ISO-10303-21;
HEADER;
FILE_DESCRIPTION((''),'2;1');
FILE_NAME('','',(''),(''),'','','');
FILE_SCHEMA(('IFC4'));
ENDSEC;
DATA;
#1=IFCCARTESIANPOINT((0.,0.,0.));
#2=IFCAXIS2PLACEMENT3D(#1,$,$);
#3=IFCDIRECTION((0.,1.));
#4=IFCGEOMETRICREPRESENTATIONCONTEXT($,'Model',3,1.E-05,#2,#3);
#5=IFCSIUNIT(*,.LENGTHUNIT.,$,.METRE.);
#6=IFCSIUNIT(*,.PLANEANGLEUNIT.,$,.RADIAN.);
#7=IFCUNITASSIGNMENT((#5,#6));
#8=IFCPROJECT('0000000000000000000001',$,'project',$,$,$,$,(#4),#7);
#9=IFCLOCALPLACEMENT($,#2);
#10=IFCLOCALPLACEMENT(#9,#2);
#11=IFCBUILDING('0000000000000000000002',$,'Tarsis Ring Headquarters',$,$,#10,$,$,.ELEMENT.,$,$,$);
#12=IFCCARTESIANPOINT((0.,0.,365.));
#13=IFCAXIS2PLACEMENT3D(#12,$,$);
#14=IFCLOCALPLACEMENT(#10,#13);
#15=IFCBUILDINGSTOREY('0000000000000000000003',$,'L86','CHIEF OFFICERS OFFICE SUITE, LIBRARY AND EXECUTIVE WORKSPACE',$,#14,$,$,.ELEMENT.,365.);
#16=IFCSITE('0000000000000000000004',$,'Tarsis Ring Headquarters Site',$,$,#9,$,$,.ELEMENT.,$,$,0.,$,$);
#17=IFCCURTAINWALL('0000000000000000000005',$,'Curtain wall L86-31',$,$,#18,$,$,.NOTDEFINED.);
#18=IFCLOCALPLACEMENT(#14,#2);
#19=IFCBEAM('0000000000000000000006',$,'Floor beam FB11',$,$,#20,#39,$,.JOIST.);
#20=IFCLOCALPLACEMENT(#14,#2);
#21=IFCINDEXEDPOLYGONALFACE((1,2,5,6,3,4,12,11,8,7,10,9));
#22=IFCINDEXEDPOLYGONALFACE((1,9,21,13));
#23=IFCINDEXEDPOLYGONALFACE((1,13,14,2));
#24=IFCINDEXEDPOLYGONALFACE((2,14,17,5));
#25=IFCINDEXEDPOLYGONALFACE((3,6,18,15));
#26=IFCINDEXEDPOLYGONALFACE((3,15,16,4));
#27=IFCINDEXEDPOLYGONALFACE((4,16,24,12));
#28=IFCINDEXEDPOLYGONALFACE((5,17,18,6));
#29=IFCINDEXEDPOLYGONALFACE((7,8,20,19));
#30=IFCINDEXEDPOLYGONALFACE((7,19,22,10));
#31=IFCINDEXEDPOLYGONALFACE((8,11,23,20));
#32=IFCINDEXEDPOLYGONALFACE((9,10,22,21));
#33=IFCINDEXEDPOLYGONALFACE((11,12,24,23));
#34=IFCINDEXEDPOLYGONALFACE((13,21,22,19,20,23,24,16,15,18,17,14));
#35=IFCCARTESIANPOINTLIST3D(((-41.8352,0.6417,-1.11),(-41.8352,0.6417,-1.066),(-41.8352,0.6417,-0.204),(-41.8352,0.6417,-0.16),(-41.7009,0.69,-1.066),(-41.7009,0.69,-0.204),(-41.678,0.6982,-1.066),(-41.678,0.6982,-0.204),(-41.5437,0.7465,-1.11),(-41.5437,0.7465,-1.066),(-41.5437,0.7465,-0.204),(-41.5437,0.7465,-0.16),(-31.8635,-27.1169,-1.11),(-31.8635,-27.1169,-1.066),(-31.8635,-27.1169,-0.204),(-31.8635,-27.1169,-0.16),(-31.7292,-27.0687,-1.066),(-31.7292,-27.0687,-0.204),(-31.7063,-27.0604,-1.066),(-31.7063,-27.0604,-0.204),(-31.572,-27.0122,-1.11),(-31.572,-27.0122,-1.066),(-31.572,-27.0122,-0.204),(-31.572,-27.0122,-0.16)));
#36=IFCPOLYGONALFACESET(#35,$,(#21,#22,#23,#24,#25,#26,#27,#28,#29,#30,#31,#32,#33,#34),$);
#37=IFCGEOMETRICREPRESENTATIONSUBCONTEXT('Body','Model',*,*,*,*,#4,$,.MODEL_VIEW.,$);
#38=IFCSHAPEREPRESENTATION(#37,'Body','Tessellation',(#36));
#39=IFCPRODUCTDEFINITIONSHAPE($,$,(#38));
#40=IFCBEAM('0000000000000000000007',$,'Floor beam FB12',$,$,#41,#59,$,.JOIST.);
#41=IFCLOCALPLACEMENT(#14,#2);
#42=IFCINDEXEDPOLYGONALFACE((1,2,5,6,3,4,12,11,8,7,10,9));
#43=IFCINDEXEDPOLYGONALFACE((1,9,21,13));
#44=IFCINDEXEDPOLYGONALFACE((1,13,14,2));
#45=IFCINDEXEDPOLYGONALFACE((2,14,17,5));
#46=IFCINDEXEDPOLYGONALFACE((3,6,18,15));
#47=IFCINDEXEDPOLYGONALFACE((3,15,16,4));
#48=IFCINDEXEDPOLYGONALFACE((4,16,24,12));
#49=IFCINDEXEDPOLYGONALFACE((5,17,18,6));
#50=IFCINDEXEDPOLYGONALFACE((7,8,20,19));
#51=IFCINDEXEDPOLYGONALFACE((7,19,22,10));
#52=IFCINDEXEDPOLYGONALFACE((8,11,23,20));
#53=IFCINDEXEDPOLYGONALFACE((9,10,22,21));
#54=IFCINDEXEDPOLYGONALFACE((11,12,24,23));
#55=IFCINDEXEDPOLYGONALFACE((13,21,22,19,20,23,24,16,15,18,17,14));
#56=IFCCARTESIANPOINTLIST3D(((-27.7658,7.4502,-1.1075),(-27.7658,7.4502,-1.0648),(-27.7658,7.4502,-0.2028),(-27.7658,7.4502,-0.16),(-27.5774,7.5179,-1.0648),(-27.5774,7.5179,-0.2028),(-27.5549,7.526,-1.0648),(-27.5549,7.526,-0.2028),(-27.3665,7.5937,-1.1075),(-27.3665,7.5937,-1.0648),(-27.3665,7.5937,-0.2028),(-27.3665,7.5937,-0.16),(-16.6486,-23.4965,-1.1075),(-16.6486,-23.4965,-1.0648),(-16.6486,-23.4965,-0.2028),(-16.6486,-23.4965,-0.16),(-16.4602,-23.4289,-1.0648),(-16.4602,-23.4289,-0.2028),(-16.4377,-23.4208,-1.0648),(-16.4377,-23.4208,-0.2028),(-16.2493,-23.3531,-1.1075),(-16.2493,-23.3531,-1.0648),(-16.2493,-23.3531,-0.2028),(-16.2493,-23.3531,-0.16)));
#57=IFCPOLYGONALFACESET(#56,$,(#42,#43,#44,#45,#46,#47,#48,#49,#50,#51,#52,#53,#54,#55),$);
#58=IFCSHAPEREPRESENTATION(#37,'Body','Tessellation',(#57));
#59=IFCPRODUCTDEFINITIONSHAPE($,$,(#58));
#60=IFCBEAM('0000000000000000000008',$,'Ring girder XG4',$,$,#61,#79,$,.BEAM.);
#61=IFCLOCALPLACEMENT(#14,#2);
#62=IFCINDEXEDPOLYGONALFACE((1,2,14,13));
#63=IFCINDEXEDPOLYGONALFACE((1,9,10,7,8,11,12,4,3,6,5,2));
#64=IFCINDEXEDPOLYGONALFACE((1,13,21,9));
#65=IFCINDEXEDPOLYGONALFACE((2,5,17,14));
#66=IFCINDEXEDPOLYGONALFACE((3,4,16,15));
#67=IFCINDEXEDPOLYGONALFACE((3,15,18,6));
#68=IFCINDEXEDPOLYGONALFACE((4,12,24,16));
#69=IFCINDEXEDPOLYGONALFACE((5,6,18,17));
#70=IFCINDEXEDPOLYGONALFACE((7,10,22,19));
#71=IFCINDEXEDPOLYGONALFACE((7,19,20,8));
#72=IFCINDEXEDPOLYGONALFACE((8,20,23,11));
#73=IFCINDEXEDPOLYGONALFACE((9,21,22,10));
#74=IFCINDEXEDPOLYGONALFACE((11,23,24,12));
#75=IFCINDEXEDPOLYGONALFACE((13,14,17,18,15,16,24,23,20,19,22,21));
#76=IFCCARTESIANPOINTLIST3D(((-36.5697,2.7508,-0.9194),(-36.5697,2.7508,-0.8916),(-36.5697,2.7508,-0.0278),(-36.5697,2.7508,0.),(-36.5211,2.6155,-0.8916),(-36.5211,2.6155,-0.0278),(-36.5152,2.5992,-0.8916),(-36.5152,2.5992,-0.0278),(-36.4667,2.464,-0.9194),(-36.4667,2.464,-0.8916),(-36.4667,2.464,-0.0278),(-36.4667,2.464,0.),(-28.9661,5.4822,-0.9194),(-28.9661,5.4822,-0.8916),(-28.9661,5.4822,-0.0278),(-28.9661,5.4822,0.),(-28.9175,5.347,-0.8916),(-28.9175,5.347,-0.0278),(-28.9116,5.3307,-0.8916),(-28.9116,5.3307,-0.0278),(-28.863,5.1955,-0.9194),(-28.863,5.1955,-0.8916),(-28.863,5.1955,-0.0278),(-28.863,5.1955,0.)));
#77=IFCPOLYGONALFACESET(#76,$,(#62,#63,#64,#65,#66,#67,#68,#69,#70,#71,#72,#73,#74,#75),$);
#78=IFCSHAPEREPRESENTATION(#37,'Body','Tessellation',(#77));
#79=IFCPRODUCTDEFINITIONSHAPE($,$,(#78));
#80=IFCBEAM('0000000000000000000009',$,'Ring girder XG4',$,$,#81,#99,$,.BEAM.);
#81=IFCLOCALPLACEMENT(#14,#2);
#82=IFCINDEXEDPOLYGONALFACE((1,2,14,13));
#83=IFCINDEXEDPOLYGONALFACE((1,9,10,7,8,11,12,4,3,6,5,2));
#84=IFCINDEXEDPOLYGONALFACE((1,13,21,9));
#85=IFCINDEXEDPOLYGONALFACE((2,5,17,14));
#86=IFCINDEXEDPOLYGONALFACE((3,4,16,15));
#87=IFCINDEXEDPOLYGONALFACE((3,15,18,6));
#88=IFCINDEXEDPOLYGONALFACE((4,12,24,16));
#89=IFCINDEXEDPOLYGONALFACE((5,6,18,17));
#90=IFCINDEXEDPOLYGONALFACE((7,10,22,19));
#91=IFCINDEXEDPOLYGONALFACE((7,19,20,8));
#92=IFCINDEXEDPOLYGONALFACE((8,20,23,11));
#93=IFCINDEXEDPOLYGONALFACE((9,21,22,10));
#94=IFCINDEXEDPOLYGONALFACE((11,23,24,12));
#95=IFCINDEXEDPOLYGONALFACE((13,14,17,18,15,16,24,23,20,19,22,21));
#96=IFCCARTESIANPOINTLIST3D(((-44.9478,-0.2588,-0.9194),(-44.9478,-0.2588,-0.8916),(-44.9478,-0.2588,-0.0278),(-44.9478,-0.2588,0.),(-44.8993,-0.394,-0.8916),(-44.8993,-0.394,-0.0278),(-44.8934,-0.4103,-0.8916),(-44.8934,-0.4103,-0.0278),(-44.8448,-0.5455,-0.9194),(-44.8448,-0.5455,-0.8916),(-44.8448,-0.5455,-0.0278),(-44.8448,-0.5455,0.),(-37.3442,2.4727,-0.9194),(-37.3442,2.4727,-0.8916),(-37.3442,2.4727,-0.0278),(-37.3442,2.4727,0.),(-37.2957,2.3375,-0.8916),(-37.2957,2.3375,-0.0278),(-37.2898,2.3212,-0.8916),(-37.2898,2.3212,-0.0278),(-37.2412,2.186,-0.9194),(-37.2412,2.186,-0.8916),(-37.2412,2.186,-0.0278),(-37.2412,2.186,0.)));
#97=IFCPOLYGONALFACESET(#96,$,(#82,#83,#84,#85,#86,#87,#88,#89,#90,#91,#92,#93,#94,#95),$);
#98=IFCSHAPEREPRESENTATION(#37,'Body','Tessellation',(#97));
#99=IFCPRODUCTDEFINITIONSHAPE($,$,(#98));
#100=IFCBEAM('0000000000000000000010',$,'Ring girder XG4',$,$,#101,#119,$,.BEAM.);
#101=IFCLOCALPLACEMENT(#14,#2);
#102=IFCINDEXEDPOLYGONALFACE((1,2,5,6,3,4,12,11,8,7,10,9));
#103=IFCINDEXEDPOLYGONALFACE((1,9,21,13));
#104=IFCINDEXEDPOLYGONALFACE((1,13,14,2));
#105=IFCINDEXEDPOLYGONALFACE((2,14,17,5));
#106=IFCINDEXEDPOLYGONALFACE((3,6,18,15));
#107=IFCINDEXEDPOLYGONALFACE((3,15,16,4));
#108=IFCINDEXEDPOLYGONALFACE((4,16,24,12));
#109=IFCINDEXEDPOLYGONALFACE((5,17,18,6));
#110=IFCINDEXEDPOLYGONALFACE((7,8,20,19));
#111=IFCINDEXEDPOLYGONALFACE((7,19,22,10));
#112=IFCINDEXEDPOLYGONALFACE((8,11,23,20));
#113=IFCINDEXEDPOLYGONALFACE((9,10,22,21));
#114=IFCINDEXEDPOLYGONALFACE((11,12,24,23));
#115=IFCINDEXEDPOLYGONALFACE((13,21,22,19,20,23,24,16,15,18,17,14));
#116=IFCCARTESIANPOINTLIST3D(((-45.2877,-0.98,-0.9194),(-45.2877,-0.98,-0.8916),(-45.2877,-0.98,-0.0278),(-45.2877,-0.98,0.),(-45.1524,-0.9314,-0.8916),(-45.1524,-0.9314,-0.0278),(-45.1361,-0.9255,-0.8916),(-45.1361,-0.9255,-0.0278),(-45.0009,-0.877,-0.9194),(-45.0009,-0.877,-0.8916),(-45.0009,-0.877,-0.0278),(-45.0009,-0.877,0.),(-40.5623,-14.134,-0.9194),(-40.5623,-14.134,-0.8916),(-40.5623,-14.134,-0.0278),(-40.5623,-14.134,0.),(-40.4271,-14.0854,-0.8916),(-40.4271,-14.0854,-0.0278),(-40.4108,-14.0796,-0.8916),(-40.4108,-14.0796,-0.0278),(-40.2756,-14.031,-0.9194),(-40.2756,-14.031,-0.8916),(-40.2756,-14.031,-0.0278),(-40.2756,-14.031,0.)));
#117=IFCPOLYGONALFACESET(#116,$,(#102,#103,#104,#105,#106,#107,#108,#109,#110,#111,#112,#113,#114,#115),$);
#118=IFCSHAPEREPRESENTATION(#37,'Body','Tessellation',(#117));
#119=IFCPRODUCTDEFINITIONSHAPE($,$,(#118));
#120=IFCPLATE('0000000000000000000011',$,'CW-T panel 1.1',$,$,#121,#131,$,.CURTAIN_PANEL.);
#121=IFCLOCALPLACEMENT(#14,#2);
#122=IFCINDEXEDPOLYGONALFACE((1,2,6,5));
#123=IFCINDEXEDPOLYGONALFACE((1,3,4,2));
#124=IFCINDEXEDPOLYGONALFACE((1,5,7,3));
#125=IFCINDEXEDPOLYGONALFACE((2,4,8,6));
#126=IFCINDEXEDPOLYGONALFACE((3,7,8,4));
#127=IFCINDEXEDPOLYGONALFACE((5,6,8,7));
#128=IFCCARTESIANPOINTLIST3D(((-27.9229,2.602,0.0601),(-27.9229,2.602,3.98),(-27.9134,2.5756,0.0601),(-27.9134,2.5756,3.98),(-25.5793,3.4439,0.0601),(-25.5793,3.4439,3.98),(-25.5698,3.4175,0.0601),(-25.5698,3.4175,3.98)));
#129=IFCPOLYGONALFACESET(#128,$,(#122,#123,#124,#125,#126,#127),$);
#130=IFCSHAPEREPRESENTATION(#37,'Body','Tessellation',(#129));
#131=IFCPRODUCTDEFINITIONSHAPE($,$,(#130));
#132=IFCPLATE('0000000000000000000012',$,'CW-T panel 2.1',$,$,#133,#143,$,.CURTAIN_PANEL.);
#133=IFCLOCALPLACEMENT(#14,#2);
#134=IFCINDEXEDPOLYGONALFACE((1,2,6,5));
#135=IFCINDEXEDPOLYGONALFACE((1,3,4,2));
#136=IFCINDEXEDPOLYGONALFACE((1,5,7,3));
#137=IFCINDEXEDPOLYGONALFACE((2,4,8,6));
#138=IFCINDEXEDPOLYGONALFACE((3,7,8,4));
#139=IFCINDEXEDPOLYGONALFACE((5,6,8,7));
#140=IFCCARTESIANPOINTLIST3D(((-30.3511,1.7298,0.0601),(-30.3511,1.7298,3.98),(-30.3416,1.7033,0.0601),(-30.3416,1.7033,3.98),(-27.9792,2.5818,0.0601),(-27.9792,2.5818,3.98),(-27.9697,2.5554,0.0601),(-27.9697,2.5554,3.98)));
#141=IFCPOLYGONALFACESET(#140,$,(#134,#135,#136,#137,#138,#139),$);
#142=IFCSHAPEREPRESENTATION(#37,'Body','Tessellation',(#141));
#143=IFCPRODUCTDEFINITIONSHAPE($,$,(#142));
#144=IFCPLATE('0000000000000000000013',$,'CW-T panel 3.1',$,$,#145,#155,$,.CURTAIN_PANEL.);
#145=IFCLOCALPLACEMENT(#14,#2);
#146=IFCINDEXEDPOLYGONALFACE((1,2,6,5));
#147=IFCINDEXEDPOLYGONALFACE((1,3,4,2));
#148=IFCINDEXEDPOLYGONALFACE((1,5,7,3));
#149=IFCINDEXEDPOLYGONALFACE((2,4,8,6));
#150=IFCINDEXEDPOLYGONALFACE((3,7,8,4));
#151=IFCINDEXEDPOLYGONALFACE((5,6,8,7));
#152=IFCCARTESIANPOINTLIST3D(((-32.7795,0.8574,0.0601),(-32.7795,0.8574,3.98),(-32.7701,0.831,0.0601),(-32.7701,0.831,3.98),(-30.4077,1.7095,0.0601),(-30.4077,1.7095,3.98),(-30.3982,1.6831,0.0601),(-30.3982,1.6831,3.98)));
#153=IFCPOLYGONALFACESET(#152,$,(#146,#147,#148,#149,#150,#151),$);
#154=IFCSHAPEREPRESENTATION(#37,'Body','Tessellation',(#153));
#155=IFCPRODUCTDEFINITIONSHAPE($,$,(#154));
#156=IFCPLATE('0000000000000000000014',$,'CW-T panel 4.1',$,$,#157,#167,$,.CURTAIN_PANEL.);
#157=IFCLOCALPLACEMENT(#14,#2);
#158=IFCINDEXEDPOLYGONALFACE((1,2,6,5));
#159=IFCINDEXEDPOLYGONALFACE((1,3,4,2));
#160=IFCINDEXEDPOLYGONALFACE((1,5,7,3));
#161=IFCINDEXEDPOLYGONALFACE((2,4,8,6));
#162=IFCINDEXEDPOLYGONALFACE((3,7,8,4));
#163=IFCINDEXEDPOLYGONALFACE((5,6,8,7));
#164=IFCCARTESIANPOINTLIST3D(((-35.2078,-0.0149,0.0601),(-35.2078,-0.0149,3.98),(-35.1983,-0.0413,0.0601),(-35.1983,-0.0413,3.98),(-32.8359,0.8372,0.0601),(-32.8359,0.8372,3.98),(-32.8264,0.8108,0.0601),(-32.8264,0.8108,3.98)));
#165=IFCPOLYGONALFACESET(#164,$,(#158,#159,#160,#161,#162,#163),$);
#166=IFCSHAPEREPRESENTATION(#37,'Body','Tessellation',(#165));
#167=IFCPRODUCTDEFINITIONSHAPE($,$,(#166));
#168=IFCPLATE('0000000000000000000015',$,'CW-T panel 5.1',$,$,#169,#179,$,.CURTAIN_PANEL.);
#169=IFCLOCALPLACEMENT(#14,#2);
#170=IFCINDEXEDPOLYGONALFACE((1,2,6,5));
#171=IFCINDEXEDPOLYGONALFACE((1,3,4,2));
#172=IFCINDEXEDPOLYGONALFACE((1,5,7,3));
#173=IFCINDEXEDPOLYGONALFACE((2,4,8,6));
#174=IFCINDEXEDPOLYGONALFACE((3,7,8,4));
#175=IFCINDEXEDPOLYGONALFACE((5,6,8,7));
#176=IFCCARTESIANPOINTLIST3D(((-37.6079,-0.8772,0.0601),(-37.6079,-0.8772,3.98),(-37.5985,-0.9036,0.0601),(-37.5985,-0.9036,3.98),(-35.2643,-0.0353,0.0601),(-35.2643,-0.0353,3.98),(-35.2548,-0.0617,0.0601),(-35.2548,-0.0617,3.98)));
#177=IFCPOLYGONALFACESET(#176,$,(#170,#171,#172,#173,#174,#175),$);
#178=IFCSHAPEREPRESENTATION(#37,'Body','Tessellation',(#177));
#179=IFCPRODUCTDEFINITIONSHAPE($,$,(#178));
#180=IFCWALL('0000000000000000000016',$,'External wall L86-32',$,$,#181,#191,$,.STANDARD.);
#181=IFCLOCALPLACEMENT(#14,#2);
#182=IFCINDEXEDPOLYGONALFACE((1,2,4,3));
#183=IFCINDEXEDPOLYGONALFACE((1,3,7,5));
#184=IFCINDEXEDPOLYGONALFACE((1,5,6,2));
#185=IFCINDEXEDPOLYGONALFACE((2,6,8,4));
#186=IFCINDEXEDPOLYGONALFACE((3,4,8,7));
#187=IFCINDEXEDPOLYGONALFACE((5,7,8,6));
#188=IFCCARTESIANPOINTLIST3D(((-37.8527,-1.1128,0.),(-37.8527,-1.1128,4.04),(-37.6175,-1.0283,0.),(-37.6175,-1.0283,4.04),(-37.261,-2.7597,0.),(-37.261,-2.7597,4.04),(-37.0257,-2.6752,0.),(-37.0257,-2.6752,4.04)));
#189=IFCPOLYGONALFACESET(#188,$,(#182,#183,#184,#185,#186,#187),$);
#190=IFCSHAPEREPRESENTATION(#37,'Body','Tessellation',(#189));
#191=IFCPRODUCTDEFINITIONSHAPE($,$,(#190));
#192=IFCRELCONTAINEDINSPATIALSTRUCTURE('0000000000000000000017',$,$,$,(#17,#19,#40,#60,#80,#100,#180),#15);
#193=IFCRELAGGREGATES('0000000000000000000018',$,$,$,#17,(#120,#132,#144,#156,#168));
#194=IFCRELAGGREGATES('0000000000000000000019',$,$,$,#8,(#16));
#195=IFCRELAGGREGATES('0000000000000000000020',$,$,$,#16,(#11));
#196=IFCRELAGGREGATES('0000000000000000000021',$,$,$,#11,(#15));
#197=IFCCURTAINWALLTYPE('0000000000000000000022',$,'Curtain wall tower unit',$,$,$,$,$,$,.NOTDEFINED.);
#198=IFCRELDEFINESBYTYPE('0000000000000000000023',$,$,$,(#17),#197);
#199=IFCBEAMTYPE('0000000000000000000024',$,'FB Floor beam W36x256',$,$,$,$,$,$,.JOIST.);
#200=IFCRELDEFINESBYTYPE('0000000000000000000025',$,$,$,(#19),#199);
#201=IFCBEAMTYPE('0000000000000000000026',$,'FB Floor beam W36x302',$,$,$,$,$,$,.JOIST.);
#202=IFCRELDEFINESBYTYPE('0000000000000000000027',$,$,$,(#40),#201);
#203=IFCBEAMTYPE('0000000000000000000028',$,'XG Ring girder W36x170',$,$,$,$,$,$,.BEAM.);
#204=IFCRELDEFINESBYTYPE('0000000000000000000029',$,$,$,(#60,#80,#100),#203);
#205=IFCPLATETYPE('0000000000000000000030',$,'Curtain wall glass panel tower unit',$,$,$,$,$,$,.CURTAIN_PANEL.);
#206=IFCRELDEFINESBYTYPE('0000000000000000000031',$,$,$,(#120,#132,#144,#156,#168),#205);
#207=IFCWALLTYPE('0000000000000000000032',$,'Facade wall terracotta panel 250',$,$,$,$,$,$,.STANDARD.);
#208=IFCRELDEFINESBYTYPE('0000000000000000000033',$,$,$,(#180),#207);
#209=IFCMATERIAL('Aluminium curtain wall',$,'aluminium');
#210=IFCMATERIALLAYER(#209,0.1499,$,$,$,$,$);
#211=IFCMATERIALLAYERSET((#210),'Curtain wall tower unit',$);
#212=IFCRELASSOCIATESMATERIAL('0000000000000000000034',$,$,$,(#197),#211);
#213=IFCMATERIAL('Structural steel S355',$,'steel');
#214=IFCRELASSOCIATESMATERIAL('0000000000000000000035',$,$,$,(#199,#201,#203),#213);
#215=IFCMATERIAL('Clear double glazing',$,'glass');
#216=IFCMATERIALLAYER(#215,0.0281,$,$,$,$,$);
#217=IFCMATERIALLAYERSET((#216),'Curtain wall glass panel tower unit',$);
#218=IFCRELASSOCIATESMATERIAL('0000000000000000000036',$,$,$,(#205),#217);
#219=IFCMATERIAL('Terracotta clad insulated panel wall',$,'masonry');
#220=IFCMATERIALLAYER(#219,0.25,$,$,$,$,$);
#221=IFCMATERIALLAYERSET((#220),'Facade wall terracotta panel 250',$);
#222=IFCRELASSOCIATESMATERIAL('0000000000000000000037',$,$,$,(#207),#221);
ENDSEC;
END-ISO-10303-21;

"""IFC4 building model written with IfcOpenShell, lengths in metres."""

from ifc_helpers import new_model, si_unit, direction, frame, frame_2d, origin, origin_2d, place, context, subcontext, project, spatial, rectangle, i_section, extrude, material, layer, layer_set, material_profile, profile_set, type_object, element, aggregate, save


model = new_model("IFC4")

# Units and contexts
model_context = context("Model", 3, precision=1e-05, world=origin(), true_north=direction((0.0, 1.0)))
body_context = subcontext(model_context, "Body", "Model", "MODEL_VIEW")
ifc_project = project(units=[si_unit("LENGTHUNIT", "METRE"), si_unit("PLANEANGLEUNIT", "RADIAN")], contexts=[model_context])

# Site, building, storey
site_placement = place(None, origin())
site = spatial("IfcSite", under=ifc_project, at=site_placement, Name="Tarsis Ring Headquarters Site", CompositionType="ELEMENT", RefElevation=0.0)
building_placement = place(site_placement, origin())
building = spatial("IfcBuilding", under=site, at=building_placement, Name="Tarsis Ring Headquarters", CompositionType="ELEMENT")
storey_placement = place(building_placement, frame((0.0, 0.0, 365.0)))
storey = spatial("IfcBuildingStorey", under=building, at=storey_placement, Name="L86", Description="CHIEF OFFICERS OFFICE SUITE, LIBRARY AND EXECUTIVE WORKSPACE", CompositionType="ELEMENT", Elevation=365.0)

# Shared definitions
ifc_material_1 = material(Name="Structural steel S355", Category="steel")

# Curtain wall
ifc_material_2 = material(Name="Aluminium curtain wall", Category="aluminium")
ifc_layer_1 = layer(ifc_material_2, 0.1499)
ifc_layer_set_1 = layer_set([ifc_layer_1], Name="Curtain wall tower unit")
curtain_wall_type = type_object("IfcCurtainWallType", Name="Curtain wall tower unit", PredefinedType="NOTDEFINED", material=ifc_layer_set_1)
curtain_wall_placement = place(storey_placement, origin())
curtain_wall = element("IfcCurtainWall", 1, at=curtain_wall_placement, inside=storey, type_object=curtain_wall_type, Name="Curtain wall L86-31", PredefinedType="NOTDEFINED")

# Beams
ifc_material_profile_1 = material_profile(ifc_material_1, i_section(OverallWidth=0.3098, OverallDepth=0.95, WebThickness=0.0244, FlangeThickness=0.0439, at=origin_2d()), Name="W36x256")
ifc_profile_set_1 = profile_set([ifc_material_profile_1], Name="Structural steel S355")
beam_type_1 = type_object("IfcBeamType", Name="FB Floor beam W36x256", PredefinedType="JOIST", material=ifc_profile_set_1)
for number, where, z_axis, x_axis, name in (
    (2, (-41.6895, 0.6941, -0.635), (0.338077, -0.941118, 0.0), (0.941118, 0.338077, 0.0), "Floor beam FB11"),
):
    element("IfcBeam", number, at=place(storey_placement, frame(where, z_axis=z_axis, x_axis=x_axis)), inside=storey, type_object=beam_type_1, Name=name, PredefinedType="JOIST", context=body_context, shape_type="SweptSolid", body=[
        extrude(i_section(OverallWidth=0.3098, OverallDepth=0.95, WebThickness=0.0244, FlangeThickness=0.0439, at=origin_2d()), origin(), (0.0, 0.0, 1.0), 29.4954),
    ])
ifc_material_profile_2 = material_profile(ifc_material_1, i_section(OverallWidth=0.4243, OverallDepth=0.9475, WebThickness=0.0239, FlangeThickness=0.0427, at=origin_2d()), Name="W36x302")
ifc_profile_set_2 = profile_set([ifc_material_profile_2], Name="Structural steel S355")
beam_type_2 = type_object("IfcBeamType", Name="FB Floor beam W36x302", PredefinedType="JOIST", material=ifc_profile_set_2)
beam_1_placement = place(storey_placement, frame((-27.5662, 7.522, -0.6338), z_axis=(0.338083, -0.941116, 0.0), x_axis=(0.941116, 0.338083, 0.0)))
element("IfcBeam", 3, at=beam_1_placement, inside=storey, type_object=beam_type_2, Name="Floor beam FB12", PredefinedType="JOIST", context=body_context, shape_type="SweptSolid", body=[
    extrude(i_section(OverallWidth=0.4243, OverallDepth=0.9475, WebThickness=0.0239, FlangeThickness=0.0427, at=origin_2d()), origin(), (0.0, 0.0, 1.0), 32.8831),
])
ifc_material_profile_3 = material_profile(ifc_material_1, i_section(OverallWidth=0.3047, OverallDepth=0.9194, WebThickness=0.0173, FlangeThickness=0.0278, at=origin_2d()), Name="W36x170")
ifc_profile_set_3 = profile_set([ifc_material_profile_3], Name="Structural steel S355")
beam_type_3 = type_object("IfcBeamType", Name="XG Ring girder W36x170", PredefinedType="BEAM", material=ifc_profile_set_3)
for number, where, z_axis, x_axis, name in (
    (4, (-28.9146, 5.3389, -0.4597), (-0.941117, -0.338082, 0.0), (0.338082, -0.941117, 0.0), "Ring girder XG4"),
    (5, (-37.2927, 2.3293, -0.4597), (-0.941117, -0.338082, 0.0), (0.338082, -0.941117, 0.0), "Ring girder XG4"),
):
    element("IfcBeam", number, at=place(storey_placement, frame(where, z_axis=z_axis, x_axis=x_axis)), inside=storey, type_object=beam_type_3, Name=name, PredefinedType="BEAM", context=body_context, shape_type="SweptSolid", body=[
        extrude(i_section(OverallWidth=0.3047, OverallDepth=0.9194, WebThickness=0.0173, FlangeThickness=0.0278, at=origin_2d()), origin(), (0.0, 0.0, 1.0), 8.0793),
    ])
beam_2_placement = place(storey_placement, frame((-45.1443, -0.9285, -0.4597), z_axis=(0.338079, -0.941118, 0.0), x_axis=(0.941118, 0.338079, 0.0)))
element("IfcBeam", 6, at=beam_2_placement, inside=storey, type_object=beam_type_3, Name="Ring girder XG4", PredefinedType="BEAM", context=body_context, shape_type="SweptSolid", body=[
    extrude(i_section(OverallWidth=0.3047, OverallDepth=0.9194, WebThickness=0.0173, FlangeThickness=0.0278, at=origin_2d()), origin(), (0.0, 0.0, 1.0), 13.9771),
])

# Plates
ifc_material_3 = material(Name="Clear double glazing", Category="glass")
ifc_layer_2 = layer(ifc_material_3, 0.0281)
ifc_layer_set_2 = layer_set([ifc_layer_2], Name="Curtain wall glass panel tower unit")
plate_type = type_object("IfcPlateType", Name="Curtain wall glass panel tower unit", PredefinedType="CURTAIN_PANEL", material=ifc_layer_set_2)
plate_1_placement = place(storey_placement, frame((-26.7463, 3.0098, 0.0601), z_axis=(0.0, 0.0, 1.0), x_axis=(-0.941117, -0.338081, 0.0)))
plate_1 = element("IfcPlate", 7, at=plate_1_placement, type_object=plate_type, Name="CW-T panel 1.1", PredefinedType="CURTAIN_PANEL", context=body_context, shape_type="SweptSolid", body=[
    extrude(rectangle(XDim=2.4902, YDim=0.0281, at=origin_2d()), origin(), (0.0, 0.0, 1.0), 3.9199),
])
plate_2_placement = place(storey_placement, frame((-29.1604, 2.1426, 0.0601), z_axis=(0.0, 0.0, 1.0), x_axis=(-0.941117, -0.338081, 0.0)))
plate_2 = element("IfcPlate", 8, at=plate_2_placement, type_object=plate_type, Name="CW-T panel 2.1", PredefinedType="CURTAIN_PANEL", context=body_context, shape_type="SweptSolid", body=[
    extrude(rectangle(XDim=2.5203, YDim=0.0281, at=origin_2d()), origin(), (0.0, 0.0, 1.0), 3.9199),
])
plate_3_placement = place(storey_placement, frame((-31.5889, 1.2703, 0.0601), z_axis=(0.0, 0.0, 1.0), x_axis=(-0.941117, -0.338081, 0.0)))
plate_3 = element("IfcPlate", 9, at=plate_3_placement, type_object=plate_type, Name="CW-T panel 3.1", PredefinedType="CURTAIN_PANEL", context=body_context, shape_type="SweptSolid", body=[
    extrude(rectangle(XDim=2.5203, YDim=0.0281, at=origin_2d()), origin(), (0.0, 0.0, 1.0), 3.9199),
])
plate_4_placement = place(storey_placement, frame((-34.0171, 0.3979, 0.0601), z_axis=(0.0, 0.0, 1.0), x_axis=(-0.941117, -0.338081, 0.0)))
plate_4 = element("IfcPlate", 10, at=plate_4_placement, type_object=plate_type, Name="CW-T panel 4.1", PredefinedType="CURTAIN_PANEL", context=body_context, shape_type="SweptSolid", body=[
    extrude(rectangle(XDim=2.5203, YDim=0.0281, at=origin_2d()), origin(), (0.0, 0.0, 1.0), 3.9199),
])
plate_5_placement = place(storey_placement, frame((-36.4314, -0.4695, 0.0601), z_axis=(0.0, 0.0, 1.0), x_axis=(-0.941117, -0.338081, 0.0)))
plate_5 = element("IfcPlate", 11, at=plate_5_placement, type_object=plate_type, Name="CW-T panel 5.1", PredefinedType="CURTAIN_PANEL", context=body_context, shape_type="SweptSolid", body=[
    extrude(rectangle(XDim=2.4902, YDim=0.0281, at=origin_2d()), origin(), (0.0, 0.0, 1.0), 3.9199),
])
aggregate(curtain_wall, [plate_1, plate_2, plate_3, plate_4, plate_5])

# Wall
ifc_material_4 = material(Name="Terracotta clad insulated panel wall", Category="masonry")
ifc_layer_3 = layer(ifc_material_4, 0.25)
ifc_layer_set_3 = layer_set([ifc_layer_3], Name="Facade wall terracotta panel 250")
wall_type = type_object("IfcWallType", Name="Facade wall terracotta panel 250", PredefinedType="STANDARD", material=ifc_layer_set_3)
for number, where, z_axis, x_axis, name in (
    (12, (-37.7351, -1.0706, 0.0), (0.0, 0.0, 1.0), (0.338156, -0.94109, 0.0), "External wall L86-32"),
):
    element("IfcWall", number, at=place(storey_placement, frame(where, z_axis=z_axis, x_axis=x_axis)), inside=storey, type_object=wall_type, Name=name, PredefinedType="STANDARD", context=body_context, shape_type="SweptSolid", body=[
        extrude(rectangle(XDim=1.75, YDim=0.25, at=frame_2d((0.875, 0.0))), origin(), (0.0, 0.0, 1.0), 4.04),
    ])

save(model, "model.ifc")
